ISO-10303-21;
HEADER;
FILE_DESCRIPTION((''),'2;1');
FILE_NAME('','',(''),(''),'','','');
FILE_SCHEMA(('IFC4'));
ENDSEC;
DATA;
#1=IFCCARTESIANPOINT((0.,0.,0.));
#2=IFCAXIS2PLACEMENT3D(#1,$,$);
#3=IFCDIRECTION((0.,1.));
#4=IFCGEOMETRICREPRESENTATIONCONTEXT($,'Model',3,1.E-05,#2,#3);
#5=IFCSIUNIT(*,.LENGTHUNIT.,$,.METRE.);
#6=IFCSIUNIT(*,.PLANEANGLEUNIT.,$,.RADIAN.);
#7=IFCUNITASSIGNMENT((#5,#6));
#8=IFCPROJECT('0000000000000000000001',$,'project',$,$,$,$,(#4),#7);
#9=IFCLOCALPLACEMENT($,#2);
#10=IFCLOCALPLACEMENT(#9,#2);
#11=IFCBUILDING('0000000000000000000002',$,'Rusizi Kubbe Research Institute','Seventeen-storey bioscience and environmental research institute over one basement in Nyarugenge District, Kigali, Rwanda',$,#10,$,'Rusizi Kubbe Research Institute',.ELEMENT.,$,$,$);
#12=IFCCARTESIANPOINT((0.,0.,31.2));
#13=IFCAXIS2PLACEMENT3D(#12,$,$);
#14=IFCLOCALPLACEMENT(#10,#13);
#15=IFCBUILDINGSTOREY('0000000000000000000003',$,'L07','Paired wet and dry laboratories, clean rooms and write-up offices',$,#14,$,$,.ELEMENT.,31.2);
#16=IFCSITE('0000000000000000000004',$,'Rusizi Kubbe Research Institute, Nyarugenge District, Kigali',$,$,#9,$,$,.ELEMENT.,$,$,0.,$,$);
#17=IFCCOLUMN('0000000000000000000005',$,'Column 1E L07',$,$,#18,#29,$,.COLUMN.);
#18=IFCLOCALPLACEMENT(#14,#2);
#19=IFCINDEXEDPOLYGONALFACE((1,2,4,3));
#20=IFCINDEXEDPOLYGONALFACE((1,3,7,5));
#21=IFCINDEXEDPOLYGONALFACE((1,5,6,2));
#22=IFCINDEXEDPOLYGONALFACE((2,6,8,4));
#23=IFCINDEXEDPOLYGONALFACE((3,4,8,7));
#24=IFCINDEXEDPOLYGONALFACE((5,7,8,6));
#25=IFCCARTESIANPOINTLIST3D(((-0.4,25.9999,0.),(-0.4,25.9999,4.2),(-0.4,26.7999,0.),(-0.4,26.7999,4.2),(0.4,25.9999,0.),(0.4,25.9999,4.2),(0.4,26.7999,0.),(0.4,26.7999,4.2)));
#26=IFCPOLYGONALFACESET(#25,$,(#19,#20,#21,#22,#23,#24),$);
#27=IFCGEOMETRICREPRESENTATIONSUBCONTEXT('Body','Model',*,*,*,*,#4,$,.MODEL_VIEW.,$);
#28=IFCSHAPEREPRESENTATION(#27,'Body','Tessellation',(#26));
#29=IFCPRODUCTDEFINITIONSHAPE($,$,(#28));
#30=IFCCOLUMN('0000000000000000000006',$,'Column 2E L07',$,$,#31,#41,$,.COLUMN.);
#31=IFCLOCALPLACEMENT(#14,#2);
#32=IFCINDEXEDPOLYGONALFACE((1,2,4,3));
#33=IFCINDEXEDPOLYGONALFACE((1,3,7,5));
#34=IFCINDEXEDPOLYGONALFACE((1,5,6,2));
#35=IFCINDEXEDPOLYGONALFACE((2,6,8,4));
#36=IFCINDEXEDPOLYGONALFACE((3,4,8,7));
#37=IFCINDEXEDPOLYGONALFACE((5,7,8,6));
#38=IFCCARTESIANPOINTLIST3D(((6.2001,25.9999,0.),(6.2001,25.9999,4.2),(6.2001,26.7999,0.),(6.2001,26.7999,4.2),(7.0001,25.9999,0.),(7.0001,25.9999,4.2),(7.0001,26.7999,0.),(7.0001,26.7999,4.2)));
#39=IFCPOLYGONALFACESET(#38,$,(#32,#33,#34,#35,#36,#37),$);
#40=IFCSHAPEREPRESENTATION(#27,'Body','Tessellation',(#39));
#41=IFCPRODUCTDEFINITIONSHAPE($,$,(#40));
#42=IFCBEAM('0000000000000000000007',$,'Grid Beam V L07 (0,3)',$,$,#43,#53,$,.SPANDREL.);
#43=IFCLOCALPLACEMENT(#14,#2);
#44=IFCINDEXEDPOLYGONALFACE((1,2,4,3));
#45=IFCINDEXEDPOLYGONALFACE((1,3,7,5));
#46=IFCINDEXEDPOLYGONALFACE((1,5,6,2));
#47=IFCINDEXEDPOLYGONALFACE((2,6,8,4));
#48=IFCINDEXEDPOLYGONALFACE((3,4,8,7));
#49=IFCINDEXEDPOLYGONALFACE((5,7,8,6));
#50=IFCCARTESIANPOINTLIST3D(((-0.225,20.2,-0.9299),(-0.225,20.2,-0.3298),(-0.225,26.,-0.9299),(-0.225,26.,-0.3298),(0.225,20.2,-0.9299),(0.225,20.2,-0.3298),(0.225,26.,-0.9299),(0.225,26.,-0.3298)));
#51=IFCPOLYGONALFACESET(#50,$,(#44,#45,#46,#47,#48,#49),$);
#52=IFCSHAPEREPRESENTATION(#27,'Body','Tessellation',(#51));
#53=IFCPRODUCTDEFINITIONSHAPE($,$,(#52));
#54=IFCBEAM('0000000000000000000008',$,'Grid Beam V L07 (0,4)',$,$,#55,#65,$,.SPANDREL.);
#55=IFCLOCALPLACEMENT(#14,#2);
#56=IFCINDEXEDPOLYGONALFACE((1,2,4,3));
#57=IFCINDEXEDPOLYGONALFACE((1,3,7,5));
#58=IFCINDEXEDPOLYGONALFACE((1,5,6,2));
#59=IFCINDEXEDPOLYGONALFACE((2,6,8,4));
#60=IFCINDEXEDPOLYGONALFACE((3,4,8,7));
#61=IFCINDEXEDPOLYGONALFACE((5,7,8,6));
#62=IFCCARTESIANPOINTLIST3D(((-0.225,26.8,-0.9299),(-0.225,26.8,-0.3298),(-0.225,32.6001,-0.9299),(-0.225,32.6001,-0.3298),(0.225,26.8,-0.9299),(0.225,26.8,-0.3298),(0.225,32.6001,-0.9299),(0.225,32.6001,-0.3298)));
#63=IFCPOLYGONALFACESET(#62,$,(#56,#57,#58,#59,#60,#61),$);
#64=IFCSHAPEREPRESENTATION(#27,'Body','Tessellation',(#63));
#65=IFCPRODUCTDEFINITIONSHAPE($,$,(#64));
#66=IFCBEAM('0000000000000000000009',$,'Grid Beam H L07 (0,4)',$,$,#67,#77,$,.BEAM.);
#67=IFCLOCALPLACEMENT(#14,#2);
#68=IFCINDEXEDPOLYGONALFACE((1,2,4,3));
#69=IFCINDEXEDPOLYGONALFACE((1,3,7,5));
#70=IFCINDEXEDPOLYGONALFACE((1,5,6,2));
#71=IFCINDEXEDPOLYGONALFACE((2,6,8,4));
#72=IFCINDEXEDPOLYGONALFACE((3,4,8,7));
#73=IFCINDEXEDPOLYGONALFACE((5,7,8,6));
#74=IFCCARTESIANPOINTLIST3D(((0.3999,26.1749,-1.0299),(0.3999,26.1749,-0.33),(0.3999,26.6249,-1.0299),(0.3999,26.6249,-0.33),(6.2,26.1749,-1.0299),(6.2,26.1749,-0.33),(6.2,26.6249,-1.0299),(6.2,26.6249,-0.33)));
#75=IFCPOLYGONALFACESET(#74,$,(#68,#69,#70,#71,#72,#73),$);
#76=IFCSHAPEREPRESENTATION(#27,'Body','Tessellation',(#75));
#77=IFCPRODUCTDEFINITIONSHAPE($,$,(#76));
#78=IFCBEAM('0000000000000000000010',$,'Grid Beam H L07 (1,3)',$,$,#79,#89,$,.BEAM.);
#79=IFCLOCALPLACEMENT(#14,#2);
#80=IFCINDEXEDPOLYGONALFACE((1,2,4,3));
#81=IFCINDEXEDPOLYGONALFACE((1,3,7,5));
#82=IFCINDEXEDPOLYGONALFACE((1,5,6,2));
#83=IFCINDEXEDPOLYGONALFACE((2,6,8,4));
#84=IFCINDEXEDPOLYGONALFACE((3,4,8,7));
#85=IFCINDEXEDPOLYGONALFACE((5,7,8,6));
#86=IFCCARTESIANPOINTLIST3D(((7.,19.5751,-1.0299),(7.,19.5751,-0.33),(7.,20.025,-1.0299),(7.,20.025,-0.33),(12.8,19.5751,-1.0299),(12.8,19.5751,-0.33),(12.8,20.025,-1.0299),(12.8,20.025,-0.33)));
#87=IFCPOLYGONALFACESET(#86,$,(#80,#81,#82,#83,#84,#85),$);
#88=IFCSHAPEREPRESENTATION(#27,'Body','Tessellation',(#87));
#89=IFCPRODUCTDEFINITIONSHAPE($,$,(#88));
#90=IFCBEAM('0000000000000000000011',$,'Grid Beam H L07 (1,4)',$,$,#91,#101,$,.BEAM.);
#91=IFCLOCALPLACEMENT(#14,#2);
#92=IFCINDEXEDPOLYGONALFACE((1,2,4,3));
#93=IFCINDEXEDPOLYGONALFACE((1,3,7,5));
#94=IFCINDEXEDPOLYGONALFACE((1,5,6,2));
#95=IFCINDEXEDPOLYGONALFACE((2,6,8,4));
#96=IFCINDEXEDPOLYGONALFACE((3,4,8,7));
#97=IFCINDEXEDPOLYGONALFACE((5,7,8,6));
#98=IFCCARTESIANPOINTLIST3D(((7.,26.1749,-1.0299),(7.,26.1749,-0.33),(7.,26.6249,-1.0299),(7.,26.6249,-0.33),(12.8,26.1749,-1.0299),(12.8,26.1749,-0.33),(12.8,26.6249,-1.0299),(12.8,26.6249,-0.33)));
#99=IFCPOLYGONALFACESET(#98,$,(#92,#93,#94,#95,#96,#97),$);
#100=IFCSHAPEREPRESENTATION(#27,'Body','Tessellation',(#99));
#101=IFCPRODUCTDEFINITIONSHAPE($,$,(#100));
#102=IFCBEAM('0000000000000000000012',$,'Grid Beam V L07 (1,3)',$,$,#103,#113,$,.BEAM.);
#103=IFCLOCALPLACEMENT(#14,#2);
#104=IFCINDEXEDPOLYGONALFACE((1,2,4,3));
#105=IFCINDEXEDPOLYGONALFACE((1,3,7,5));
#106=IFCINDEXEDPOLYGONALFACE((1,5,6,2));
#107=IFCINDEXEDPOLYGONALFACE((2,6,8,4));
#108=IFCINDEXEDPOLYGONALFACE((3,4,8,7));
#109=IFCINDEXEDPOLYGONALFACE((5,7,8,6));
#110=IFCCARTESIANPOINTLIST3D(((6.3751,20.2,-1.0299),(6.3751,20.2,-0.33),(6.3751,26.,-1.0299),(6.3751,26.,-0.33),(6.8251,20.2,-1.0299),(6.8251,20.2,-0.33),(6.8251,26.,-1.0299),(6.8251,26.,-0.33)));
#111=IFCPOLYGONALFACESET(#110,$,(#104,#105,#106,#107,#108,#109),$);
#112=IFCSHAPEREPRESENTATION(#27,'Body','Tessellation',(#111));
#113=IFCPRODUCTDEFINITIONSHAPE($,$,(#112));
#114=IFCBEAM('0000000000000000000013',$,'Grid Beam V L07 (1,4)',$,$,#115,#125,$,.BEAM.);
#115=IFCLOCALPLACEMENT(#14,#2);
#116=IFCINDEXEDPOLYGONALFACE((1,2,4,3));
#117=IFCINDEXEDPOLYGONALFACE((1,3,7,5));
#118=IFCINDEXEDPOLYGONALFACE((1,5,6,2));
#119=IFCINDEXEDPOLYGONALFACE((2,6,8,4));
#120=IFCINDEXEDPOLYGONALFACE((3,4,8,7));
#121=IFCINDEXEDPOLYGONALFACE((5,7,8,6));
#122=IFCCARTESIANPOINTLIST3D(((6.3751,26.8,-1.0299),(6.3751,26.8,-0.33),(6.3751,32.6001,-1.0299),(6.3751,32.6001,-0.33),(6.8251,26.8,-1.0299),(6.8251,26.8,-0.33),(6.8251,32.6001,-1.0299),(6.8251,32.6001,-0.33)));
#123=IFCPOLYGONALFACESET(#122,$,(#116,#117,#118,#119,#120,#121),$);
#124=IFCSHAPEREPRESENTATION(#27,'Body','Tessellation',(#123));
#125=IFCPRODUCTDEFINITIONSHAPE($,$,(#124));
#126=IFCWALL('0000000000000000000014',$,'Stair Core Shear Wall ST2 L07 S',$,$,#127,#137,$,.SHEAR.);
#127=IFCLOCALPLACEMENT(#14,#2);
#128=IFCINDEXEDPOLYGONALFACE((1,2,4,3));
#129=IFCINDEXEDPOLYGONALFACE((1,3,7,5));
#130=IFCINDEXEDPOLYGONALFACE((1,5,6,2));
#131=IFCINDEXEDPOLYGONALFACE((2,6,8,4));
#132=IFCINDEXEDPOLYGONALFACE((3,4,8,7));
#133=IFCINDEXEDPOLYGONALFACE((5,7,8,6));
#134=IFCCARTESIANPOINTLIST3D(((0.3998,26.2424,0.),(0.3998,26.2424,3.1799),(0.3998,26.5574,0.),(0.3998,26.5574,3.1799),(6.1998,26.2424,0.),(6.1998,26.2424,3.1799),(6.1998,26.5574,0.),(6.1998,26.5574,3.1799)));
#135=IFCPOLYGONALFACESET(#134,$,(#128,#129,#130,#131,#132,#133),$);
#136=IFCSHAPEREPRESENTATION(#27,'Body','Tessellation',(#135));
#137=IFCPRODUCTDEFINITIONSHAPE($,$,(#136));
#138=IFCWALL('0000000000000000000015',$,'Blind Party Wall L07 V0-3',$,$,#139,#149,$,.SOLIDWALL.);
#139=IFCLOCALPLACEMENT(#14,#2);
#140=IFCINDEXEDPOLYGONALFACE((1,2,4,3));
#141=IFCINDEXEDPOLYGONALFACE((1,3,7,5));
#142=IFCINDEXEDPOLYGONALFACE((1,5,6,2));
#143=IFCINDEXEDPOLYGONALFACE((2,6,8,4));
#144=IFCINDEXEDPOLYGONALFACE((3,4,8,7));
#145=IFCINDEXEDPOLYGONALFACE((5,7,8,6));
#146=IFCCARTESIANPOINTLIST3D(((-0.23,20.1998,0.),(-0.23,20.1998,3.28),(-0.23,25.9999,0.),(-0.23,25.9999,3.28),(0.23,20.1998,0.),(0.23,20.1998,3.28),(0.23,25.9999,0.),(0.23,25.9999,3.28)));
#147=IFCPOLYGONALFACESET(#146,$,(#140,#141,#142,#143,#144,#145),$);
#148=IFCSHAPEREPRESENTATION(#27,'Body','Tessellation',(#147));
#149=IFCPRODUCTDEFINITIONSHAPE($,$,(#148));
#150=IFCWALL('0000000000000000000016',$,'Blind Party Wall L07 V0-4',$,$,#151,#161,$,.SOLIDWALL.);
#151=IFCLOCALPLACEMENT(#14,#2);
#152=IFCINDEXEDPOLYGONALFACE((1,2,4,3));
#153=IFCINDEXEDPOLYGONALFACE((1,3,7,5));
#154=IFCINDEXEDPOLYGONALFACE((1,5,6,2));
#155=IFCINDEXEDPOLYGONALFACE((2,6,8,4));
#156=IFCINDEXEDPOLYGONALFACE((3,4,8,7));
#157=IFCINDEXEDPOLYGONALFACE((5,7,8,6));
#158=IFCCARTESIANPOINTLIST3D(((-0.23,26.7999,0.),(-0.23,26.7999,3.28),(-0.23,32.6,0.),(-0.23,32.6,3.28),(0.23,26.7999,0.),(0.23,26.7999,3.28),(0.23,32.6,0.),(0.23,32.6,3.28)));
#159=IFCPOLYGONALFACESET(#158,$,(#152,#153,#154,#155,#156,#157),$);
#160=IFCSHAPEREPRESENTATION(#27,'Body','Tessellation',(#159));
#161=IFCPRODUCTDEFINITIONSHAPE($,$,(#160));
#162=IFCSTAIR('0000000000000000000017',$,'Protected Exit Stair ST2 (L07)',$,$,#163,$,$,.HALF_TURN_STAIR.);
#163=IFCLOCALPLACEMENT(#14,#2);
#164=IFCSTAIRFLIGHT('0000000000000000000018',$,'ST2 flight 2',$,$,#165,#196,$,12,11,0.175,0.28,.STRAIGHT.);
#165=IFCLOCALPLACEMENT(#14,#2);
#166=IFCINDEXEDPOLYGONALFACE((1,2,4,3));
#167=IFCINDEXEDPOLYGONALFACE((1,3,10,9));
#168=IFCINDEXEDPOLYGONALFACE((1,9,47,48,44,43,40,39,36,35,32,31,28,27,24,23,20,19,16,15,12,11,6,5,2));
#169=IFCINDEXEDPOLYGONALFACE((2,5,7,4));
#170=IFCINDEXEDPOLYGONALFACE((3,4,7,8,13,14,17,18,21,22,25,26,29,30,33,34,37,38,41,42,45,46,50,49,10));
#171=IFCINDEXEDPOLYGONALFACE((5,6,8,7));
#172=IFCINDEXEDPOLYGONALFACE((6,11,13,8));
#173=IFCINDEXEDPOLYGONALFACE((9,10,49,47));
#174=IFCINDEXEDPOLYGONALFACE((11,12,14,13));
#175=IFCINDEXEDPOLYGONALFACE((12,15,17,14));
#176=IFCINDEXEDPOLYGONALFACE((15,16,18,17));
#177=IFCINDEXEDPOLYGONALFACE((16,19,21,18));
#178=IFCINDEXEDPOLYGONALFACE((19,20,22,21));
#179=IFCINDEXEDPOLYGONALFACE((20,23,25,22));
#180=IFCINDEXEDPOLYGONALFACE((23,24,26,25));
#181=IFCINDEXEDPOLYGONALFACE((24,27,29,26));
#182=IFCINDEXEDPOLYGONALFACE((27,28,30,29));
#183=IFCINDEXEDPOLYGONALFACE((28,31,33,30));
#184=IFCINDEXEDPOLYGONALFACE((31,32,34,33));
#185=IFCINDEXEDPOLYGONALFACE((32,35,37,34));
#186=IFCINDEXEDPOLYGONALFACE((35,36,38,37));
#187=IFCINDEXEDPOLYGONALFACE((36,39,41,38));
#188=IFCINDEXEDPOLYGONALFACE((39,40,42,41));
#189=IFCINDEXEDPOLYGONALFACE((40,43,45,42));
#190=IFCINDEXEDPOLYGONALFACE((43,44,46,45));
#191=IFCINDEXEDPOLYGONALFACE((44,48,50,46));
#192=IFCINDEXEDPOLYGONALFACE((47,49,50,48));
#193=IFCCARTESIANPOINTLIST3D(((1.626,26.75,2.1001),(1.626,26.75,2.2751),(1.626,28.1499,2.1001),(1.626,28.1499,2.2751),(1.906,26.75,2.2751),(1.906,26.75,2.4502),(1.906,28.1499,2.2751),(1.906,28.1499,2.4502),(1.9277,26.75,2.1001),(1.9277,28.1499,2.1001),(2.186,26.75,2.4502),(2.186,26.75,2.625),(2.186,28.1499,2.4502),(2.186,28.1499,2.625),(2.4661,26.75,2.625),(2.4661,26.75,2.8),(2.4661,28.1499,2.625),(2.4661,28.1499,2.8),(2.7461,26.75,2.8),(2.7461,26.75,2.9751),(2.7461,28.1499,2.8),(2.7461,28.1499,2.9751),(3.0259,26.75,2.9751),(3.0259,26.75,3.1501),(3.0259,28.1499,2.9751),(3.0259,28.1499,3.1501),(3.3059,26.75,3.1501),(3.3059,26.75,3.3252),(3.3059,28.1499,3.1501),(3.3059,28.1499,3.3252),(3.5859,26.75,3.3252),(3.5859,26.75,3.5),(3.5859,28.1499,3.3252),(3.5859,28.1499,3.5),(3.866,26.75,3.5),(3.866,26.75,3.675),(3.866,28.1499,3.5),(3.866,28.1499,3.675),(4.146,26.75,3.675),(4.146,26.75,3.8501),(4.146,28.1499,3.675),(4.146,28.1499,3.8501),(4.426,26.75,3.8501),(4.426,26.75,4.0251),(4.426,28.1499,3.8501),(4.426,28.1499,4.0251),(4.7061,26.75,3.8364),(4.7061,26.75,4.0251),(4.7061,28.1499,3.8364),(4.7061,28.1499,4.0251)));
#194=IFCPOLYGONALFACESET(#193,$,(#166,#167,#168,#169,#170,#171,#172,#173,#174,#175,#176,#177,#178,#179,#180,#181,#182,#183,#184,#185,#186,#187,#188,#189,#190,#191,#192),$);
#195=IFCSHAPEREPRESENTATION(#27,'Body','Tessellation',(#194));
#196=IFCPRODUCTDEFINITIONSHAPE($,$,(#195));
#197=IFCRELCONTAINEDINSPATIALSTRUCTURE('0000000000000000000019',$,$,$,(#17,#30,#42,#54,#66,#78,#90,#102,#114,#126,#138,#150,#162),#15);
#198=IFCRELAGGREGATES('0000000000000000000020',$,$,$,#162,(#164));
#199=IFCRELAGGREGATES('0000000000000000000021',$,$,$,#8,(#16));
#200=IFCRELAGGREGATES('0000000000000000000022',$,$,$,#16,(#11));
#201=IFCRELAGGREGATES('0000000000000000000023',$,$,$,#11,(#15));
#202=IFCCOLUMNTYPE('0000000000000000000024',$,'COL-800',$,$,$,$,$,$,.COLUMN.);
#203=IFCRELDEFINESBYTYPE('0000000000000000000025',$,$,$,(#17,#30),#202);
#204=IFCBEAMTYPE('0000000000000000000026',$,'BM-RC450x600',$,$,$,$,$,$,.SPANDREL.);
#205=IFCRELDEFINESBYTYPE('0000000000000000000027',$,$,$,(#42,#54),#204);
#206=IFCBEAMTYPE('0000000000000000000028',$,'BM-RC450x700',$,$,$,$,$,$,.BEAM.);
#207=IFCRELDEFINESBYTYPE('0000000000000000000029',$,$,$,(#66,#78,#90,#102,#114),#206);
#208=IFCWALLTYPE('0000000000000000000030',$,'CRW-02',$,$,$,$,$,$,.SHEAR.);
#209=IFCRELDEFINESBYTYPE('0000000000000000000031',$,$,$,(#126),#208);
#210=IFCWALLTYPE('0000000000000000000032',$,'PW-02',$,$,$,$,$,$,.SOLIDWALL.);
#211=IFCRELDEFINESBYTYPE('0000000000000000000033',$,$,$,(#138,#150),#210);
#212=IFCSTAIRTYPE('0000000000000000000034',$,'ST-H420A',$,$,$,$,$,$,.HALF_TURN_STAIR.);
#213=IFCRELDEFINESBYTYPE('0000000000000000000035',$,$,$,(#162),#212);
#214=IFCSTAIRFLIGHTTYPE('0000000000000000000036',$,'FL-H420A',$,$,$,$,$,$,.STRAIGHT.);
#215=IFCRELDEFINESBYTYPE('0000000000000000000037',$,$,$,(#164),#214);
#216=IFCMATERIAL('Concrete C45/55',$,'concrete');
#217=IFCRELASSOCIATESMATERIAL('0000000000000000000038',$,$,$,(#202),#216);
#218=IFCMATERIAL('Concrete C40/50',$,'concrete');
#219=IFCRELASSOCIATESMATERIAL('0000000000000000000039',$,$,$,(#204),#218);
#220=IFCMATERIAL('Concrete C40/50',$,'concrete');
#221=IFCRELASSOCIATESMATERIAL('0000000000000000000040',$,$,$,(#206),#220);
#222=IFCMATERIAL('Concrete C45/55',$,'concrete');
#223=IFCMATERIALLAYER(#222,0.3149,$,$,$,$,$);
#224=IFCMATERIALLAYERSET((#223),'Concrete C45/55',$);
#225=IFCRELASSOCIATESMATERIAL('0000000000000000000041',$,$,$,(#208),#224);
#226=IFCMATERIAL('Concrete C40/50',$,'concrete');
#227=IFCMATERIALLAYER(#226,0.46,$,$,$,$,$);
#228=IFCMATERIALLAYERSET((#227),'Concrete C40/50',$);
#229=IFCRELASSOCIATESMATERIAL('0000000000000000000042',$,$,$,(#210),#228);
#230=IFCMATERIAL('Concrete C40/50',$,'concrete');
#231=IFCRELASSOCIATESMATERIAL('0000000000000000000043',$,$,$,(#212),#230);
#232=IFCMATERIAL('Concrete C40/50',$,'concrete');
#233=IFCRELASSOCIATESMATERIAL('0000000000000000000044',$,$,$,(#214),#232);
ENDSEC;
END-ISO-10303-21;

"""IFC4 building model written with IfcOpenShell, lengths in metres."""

from ifc_helpers import new_model, si_unit, direction, frame, frame_2d, origin, origin_2d, place, context, subcontext, project, spatial, polyline, rectangle, outline, extrude, material, layer, layer_set, material_profile, profile_set, type_object, element, aggregate, save


model = new_model("IFC4")

# Units and contexts
model_context = context("Model", 3, precision=1e-05, world=origin(), true_north=direction((0.0, 1.0)))
body_context = subcontext(model_context, "Body", "Model", "MODEL_VIEW")
ifc_project = project(units=[si_unit("LENGTHUNIT", "METRE"), si_unit("PLANEANGLEUNIT", "RADIAN")], contexts=[model_context])

# Site, building, storey
site_placement = place(None, origin())
site = spatial("IfcSite", under=ifc_project, at=site_placement, Name="Rusizi Kubbe Research Institute, Nyarugenge District, Kigali", CompositionType="ELEMENT", RefElevation=0.0)
building_placement = place(site_placement, origin())
building = spatial("IfcBuilding", under=site, at=building_placement, Name="Rusizi Kubbe Research Institute", Description="Seventeen-storey bioscience and environmental research institute over one basement in Nyarugenge District, Kigali, Rwanda", LongName="Rusizi Kubbe Research Institute", CompositionType="ELEMENT")
storey_placement = place(building_placement, frame((0.0, 0.0, 31.2)))
storey = spatial("IfcBuildingStorey", under=building, at=storey_placement, Name="L07", Description="Paired wet and dry laboratories, clean rooms and write-up offices", CompositionType="ELEMENT", Elevation=31.2)

# Columns
ifc_material_1 = material(Name="Concrete C45/55", Category="concrete")
ifc_material_profile_1 = material_profile(ifc_material_1, rectangle(XDim=0.8, YDim=0.8, at=origin_2d()), Name="RC800x800")
ifc_profile_set_1 = profile_set([ifc_material_profile_1], Name="Concrete C45/55")
column_type = type_object("IfcColumnType", Name="COL-800", PredefinedType="COLUMN", material=ifc_profile_set_1)
for number, where, z_axis, x_axis, name in (
    (1, (0.0, 26.3999, 0.0), (0.0, 0.0, 1.0), (1.0, 0.0, 0.0), "Column 1E L07"),
    (2, (6.6001, 26.3999, 0.0), (0.0, 0.0, 1.0), (1.0, 0.0, 0.0), "Column 2E L07"),
):
    element("IfcColumn", number, at=place(storey_placement, frame(where, z_axis=z_axis, x_axis=x_axis)), inside=storey, type_object=column_type, Name=name, PredefinedType="COLUMN", context=body_context, shape_type="SweptSolid", body=[
        extrude(rectangle(XDim=0.8, YDim=0.8, at=origin_2d()), origin(), (0.0, 0.0, 1.0), 4.2),
    ])

# Beams
ifc_material_2 = material(Name="Concrete C40/50", Category="concrete")
ifc_material_profile_2 = material_profile(ifc_material_2, rectangle(XDim=0.45, YDim=0.6001, at=origin_2d()), Name="RC450x600")
ifc_profile_set_2 = profile_set([ifc_material_profile_2], Name="Concrete C40/50")
beam_type_1 = type_object("IfcBeamType", Name="BM-RC450x600", PredefinedType="SPANDREL", material=ifc_profile_set_2)
for number, where, z_axis, x_axis, name in (
    (3, (0.0, 20.2, -0.6299), (0.0, 1.0, 0.0), (-1.0, 0.0, 0.0), "Grid Beam V L07 (0,3)"),
    (4, (0.0, 26.8, -0.6299), (0.0, 1.0, 0.0), (-1.0, 0.0, 0.0), "Grid Beam V L07 (0,4)"),
):
    element("IfcBeam", number, at=place(storey_placement, frame(where, z_axis=z_axis, x_axis=x_axis)), inside=storey, type_object=beam_type_1, Name=name, PredefinedType="SPANDREL", context=body_context, shape_type="SweptSolid", body=[
        extrude(rectangle(XDim=0.45, YDim=0.6001, at=origin_2d()), origin(), (0.0, 0.0, 1.0), 5.8),
    ])
ifc_material_3 = material(Name="Concrete C40/50", Category="concrete")
ifc_material_profile_3 = material_profile(ifc_material_3, rectangle(XDim=0.45, YDim=0.7, at=origin_2d()), Name="RC450x700B")
ifc_profile_set_3 = profile_set([ifc_material_profile_3], Name="Concrete C40/50")
beam_type_2 = type_object("IfcBeamType", Name="BM-RC450x700", PredefinedType="BEAM", material=ifc_profile_set_3)
for number, where, z_axis, x_axis, name in (
    (5, (0.3999, 26.3999, -0.6799), (1.0, 0.0, 0.0), (0.0, 1.0, 0.0), "Grid Beam H L07 (0,4)"),
    (6, (7.0, 19.8, -0.6799), (1.0, 0.0, 0.0), (0.0, 1.0, 0.0), "Grid Beam H L07 (1,3)"),
    (7, (7.0, 26.3999, -0.6799), (1.0, 0.0, 0.0), (0.0, 1.0, 0.0), "Grid Beam H L07 (1,4)"),
    (8, (6.6001, 20.2, -0.6799), (0.0, 1.0, 0.0), (-1.0, 0.0, 0.0), "Grid Beam V L07 (1,3)"),
    (9, (6.6001, 26.8, -0.6799), (0.0, 1.0, 0.0), (-1.0, 0.0, 0.0), "Grid Beam V L07 (1,4)"),
):
    element("IfcBeam", number, at=place(storey_placement, frame(where, z_axis=z_axis, x_axis=x_axis)), inside=storey, type_object=beam_type_2, Name=name, PredefinedType="BEAM", context=body_context, shape_type="SweptSolid", body=[
        extrude(rectangle(XDim=0.45, YDim=0.7, at=origin_2d()), origin(), (0.0, 0.0, 1.0), 5.8),
    ])

# Wall
ifc_material_4 = material(Name="Concrete C45/55", Category="concrete")
ifc_layer_1 = layer(ifc_material_4, 0.3149)
ifc_layer_set_1 = layer_set([ifc_layer_1], Name="Concrete C45/55")
wall_type_1 = type_object("IfcWallType", Name="CRW-02", PredefinedType="SHEAR", material=ifc_layer_set_1)
wall_1_placement = place(storey_placement, frame((0.3999, 26.3999, 0.0), z_axis=(0.0, 0.0, 1.0), x_axis=(1.0, 0.0, 0.0)))
element("IfcWall", 10, at=wall_1_placement, inside=storey, type_object=wall_type_1, Name="Stair Core Shear Wall ST2 L07 S", PredefinedType="SHEAR", context=body_context, shape_type="SweptSolid", body=[
    extrude(rectangle(XDim=5.8, YDim=0.3149, at=frame_2d((2.8999, 0.0))), origin(), (0.0, 0.0, 1.0), 3.1799),
])

# Walls
ifc_material_5 = material(Name="Concrete C40/50", Category="concrete")
ifc_layer_2 = layer(ifc_material_5, 0.46)
ifc_layer_set_2 = layer_set([ifc_layer_2], Name="Concrete C40/50")
wall_type_2 = type_object("IfcWallType", Name="PW-02", PredefinedType="SOLIDWALL", material=ifc_layer_set_2)
for number, where, z_axis, x_axis, name in (
    (11, (0.0, 20.2, 0.0), (0.0, 0.0, 1.0), (0.0, 1.0, 0.0), "Blind Party Wall L07 V0-3"),
    (12, (0.0, 26.8, 0.0), (0.0, 0.0, 1.0), (0.0, 1.0, 0.0), "Blind Party Wall L07 V0-4"),
):
    element("IfcWall", number, at=place(storey_placement, frame(where, z_axis=z_axis, x_axis=x_axis)), inside=storey, type_object=wall_type_2, Name=name, PredefinedType="SOLIDWALL", context=body_context, shape_type="SweptSolid", body=[
        extrude(rectangle(XDim=5.8, YDim=0.46, at=frame_2d((2.8999, 0.0))), origin(), (0.0, 0.0, 1.0), 3.28),
    ])

# Stair, stair flight
ifc_material_6 = material(Name="Concrete C40/50", Category="concrete")
stair_type = type_object("IfcStairType", Name="ST-H420A", PredefinedType="HALF_TURN_STAIR", material=ifc_material_6)
stair_placement = place(storey_placement, origin())
stair = element("IfcStair", 13, at=stair_placement, inside=storey, type_object=stair_type, Name="Protected Exit Stair ST2 (L07)", PredefinedType="HALF_TURN_STAIR")
ifc_material_7 = material(Name="Concrete C40/50", Category="concrete")
stair_flight_type = type_object("IfcStairFlightType", Name="FL-H420A", PredefinedType="STRAIGHT", material=ifc_material_7)
stair_flight_placement = place(storey_placement, frame((1.626, 27.45, 2.1001), z_axis=(0.0, 0.0, 1.0), x_axis=(1.0, 0.0, 0.0)))
stair_flight = element("IfcStairFlight", 14, at=stair_flight_placement, type_object=stair_flight_type, Name="ST2 flight 2", NumberOfRisers=12, NumberOfTreads=11, PredefinedType="STRAIGHT", RiserHeight=0.175, TreadLength=0.28, context=body_context, shape_type="SweptSolid", body=[
    extrude(outline(polyline([(0.0, 0.0), (0.0, 0.175), (0.28, 0.175), (0.28, 0.3501), (0.5601, 0.3501), (0.5601, 0.5249), (0.8401, 0.5249), (0.8401, 0.7), (1.1201, 0.7), (1.1201, 0.875), (1.3999, 0.875), (1.3999, 1.05), (1.6799, 1.05), (1.6799, 1.2251), (1.96, 1.2251), (1.96, 1.3999), (2.24, 1.3999), (2.24, 1.575), (2.52, 1.575), (2.52, 1.75), (2.8, 1.75), (2.8, 1.925), (3.0801, 1.925), (3.0801, 2.1001), (3.0801, 1.7363), (0.3018, 0.0), (0.0, 0.0)])), frame((0.0, 0.7, 0.0), z_axis=(0.0, -1.0, 0.0), x_axis=(1.0, 0.0, 0.0)), (0.0, 0.0, 1.0), 1.3999),
])
aggregate(stair, [stair_flight])

save(model, "model.ifc")
